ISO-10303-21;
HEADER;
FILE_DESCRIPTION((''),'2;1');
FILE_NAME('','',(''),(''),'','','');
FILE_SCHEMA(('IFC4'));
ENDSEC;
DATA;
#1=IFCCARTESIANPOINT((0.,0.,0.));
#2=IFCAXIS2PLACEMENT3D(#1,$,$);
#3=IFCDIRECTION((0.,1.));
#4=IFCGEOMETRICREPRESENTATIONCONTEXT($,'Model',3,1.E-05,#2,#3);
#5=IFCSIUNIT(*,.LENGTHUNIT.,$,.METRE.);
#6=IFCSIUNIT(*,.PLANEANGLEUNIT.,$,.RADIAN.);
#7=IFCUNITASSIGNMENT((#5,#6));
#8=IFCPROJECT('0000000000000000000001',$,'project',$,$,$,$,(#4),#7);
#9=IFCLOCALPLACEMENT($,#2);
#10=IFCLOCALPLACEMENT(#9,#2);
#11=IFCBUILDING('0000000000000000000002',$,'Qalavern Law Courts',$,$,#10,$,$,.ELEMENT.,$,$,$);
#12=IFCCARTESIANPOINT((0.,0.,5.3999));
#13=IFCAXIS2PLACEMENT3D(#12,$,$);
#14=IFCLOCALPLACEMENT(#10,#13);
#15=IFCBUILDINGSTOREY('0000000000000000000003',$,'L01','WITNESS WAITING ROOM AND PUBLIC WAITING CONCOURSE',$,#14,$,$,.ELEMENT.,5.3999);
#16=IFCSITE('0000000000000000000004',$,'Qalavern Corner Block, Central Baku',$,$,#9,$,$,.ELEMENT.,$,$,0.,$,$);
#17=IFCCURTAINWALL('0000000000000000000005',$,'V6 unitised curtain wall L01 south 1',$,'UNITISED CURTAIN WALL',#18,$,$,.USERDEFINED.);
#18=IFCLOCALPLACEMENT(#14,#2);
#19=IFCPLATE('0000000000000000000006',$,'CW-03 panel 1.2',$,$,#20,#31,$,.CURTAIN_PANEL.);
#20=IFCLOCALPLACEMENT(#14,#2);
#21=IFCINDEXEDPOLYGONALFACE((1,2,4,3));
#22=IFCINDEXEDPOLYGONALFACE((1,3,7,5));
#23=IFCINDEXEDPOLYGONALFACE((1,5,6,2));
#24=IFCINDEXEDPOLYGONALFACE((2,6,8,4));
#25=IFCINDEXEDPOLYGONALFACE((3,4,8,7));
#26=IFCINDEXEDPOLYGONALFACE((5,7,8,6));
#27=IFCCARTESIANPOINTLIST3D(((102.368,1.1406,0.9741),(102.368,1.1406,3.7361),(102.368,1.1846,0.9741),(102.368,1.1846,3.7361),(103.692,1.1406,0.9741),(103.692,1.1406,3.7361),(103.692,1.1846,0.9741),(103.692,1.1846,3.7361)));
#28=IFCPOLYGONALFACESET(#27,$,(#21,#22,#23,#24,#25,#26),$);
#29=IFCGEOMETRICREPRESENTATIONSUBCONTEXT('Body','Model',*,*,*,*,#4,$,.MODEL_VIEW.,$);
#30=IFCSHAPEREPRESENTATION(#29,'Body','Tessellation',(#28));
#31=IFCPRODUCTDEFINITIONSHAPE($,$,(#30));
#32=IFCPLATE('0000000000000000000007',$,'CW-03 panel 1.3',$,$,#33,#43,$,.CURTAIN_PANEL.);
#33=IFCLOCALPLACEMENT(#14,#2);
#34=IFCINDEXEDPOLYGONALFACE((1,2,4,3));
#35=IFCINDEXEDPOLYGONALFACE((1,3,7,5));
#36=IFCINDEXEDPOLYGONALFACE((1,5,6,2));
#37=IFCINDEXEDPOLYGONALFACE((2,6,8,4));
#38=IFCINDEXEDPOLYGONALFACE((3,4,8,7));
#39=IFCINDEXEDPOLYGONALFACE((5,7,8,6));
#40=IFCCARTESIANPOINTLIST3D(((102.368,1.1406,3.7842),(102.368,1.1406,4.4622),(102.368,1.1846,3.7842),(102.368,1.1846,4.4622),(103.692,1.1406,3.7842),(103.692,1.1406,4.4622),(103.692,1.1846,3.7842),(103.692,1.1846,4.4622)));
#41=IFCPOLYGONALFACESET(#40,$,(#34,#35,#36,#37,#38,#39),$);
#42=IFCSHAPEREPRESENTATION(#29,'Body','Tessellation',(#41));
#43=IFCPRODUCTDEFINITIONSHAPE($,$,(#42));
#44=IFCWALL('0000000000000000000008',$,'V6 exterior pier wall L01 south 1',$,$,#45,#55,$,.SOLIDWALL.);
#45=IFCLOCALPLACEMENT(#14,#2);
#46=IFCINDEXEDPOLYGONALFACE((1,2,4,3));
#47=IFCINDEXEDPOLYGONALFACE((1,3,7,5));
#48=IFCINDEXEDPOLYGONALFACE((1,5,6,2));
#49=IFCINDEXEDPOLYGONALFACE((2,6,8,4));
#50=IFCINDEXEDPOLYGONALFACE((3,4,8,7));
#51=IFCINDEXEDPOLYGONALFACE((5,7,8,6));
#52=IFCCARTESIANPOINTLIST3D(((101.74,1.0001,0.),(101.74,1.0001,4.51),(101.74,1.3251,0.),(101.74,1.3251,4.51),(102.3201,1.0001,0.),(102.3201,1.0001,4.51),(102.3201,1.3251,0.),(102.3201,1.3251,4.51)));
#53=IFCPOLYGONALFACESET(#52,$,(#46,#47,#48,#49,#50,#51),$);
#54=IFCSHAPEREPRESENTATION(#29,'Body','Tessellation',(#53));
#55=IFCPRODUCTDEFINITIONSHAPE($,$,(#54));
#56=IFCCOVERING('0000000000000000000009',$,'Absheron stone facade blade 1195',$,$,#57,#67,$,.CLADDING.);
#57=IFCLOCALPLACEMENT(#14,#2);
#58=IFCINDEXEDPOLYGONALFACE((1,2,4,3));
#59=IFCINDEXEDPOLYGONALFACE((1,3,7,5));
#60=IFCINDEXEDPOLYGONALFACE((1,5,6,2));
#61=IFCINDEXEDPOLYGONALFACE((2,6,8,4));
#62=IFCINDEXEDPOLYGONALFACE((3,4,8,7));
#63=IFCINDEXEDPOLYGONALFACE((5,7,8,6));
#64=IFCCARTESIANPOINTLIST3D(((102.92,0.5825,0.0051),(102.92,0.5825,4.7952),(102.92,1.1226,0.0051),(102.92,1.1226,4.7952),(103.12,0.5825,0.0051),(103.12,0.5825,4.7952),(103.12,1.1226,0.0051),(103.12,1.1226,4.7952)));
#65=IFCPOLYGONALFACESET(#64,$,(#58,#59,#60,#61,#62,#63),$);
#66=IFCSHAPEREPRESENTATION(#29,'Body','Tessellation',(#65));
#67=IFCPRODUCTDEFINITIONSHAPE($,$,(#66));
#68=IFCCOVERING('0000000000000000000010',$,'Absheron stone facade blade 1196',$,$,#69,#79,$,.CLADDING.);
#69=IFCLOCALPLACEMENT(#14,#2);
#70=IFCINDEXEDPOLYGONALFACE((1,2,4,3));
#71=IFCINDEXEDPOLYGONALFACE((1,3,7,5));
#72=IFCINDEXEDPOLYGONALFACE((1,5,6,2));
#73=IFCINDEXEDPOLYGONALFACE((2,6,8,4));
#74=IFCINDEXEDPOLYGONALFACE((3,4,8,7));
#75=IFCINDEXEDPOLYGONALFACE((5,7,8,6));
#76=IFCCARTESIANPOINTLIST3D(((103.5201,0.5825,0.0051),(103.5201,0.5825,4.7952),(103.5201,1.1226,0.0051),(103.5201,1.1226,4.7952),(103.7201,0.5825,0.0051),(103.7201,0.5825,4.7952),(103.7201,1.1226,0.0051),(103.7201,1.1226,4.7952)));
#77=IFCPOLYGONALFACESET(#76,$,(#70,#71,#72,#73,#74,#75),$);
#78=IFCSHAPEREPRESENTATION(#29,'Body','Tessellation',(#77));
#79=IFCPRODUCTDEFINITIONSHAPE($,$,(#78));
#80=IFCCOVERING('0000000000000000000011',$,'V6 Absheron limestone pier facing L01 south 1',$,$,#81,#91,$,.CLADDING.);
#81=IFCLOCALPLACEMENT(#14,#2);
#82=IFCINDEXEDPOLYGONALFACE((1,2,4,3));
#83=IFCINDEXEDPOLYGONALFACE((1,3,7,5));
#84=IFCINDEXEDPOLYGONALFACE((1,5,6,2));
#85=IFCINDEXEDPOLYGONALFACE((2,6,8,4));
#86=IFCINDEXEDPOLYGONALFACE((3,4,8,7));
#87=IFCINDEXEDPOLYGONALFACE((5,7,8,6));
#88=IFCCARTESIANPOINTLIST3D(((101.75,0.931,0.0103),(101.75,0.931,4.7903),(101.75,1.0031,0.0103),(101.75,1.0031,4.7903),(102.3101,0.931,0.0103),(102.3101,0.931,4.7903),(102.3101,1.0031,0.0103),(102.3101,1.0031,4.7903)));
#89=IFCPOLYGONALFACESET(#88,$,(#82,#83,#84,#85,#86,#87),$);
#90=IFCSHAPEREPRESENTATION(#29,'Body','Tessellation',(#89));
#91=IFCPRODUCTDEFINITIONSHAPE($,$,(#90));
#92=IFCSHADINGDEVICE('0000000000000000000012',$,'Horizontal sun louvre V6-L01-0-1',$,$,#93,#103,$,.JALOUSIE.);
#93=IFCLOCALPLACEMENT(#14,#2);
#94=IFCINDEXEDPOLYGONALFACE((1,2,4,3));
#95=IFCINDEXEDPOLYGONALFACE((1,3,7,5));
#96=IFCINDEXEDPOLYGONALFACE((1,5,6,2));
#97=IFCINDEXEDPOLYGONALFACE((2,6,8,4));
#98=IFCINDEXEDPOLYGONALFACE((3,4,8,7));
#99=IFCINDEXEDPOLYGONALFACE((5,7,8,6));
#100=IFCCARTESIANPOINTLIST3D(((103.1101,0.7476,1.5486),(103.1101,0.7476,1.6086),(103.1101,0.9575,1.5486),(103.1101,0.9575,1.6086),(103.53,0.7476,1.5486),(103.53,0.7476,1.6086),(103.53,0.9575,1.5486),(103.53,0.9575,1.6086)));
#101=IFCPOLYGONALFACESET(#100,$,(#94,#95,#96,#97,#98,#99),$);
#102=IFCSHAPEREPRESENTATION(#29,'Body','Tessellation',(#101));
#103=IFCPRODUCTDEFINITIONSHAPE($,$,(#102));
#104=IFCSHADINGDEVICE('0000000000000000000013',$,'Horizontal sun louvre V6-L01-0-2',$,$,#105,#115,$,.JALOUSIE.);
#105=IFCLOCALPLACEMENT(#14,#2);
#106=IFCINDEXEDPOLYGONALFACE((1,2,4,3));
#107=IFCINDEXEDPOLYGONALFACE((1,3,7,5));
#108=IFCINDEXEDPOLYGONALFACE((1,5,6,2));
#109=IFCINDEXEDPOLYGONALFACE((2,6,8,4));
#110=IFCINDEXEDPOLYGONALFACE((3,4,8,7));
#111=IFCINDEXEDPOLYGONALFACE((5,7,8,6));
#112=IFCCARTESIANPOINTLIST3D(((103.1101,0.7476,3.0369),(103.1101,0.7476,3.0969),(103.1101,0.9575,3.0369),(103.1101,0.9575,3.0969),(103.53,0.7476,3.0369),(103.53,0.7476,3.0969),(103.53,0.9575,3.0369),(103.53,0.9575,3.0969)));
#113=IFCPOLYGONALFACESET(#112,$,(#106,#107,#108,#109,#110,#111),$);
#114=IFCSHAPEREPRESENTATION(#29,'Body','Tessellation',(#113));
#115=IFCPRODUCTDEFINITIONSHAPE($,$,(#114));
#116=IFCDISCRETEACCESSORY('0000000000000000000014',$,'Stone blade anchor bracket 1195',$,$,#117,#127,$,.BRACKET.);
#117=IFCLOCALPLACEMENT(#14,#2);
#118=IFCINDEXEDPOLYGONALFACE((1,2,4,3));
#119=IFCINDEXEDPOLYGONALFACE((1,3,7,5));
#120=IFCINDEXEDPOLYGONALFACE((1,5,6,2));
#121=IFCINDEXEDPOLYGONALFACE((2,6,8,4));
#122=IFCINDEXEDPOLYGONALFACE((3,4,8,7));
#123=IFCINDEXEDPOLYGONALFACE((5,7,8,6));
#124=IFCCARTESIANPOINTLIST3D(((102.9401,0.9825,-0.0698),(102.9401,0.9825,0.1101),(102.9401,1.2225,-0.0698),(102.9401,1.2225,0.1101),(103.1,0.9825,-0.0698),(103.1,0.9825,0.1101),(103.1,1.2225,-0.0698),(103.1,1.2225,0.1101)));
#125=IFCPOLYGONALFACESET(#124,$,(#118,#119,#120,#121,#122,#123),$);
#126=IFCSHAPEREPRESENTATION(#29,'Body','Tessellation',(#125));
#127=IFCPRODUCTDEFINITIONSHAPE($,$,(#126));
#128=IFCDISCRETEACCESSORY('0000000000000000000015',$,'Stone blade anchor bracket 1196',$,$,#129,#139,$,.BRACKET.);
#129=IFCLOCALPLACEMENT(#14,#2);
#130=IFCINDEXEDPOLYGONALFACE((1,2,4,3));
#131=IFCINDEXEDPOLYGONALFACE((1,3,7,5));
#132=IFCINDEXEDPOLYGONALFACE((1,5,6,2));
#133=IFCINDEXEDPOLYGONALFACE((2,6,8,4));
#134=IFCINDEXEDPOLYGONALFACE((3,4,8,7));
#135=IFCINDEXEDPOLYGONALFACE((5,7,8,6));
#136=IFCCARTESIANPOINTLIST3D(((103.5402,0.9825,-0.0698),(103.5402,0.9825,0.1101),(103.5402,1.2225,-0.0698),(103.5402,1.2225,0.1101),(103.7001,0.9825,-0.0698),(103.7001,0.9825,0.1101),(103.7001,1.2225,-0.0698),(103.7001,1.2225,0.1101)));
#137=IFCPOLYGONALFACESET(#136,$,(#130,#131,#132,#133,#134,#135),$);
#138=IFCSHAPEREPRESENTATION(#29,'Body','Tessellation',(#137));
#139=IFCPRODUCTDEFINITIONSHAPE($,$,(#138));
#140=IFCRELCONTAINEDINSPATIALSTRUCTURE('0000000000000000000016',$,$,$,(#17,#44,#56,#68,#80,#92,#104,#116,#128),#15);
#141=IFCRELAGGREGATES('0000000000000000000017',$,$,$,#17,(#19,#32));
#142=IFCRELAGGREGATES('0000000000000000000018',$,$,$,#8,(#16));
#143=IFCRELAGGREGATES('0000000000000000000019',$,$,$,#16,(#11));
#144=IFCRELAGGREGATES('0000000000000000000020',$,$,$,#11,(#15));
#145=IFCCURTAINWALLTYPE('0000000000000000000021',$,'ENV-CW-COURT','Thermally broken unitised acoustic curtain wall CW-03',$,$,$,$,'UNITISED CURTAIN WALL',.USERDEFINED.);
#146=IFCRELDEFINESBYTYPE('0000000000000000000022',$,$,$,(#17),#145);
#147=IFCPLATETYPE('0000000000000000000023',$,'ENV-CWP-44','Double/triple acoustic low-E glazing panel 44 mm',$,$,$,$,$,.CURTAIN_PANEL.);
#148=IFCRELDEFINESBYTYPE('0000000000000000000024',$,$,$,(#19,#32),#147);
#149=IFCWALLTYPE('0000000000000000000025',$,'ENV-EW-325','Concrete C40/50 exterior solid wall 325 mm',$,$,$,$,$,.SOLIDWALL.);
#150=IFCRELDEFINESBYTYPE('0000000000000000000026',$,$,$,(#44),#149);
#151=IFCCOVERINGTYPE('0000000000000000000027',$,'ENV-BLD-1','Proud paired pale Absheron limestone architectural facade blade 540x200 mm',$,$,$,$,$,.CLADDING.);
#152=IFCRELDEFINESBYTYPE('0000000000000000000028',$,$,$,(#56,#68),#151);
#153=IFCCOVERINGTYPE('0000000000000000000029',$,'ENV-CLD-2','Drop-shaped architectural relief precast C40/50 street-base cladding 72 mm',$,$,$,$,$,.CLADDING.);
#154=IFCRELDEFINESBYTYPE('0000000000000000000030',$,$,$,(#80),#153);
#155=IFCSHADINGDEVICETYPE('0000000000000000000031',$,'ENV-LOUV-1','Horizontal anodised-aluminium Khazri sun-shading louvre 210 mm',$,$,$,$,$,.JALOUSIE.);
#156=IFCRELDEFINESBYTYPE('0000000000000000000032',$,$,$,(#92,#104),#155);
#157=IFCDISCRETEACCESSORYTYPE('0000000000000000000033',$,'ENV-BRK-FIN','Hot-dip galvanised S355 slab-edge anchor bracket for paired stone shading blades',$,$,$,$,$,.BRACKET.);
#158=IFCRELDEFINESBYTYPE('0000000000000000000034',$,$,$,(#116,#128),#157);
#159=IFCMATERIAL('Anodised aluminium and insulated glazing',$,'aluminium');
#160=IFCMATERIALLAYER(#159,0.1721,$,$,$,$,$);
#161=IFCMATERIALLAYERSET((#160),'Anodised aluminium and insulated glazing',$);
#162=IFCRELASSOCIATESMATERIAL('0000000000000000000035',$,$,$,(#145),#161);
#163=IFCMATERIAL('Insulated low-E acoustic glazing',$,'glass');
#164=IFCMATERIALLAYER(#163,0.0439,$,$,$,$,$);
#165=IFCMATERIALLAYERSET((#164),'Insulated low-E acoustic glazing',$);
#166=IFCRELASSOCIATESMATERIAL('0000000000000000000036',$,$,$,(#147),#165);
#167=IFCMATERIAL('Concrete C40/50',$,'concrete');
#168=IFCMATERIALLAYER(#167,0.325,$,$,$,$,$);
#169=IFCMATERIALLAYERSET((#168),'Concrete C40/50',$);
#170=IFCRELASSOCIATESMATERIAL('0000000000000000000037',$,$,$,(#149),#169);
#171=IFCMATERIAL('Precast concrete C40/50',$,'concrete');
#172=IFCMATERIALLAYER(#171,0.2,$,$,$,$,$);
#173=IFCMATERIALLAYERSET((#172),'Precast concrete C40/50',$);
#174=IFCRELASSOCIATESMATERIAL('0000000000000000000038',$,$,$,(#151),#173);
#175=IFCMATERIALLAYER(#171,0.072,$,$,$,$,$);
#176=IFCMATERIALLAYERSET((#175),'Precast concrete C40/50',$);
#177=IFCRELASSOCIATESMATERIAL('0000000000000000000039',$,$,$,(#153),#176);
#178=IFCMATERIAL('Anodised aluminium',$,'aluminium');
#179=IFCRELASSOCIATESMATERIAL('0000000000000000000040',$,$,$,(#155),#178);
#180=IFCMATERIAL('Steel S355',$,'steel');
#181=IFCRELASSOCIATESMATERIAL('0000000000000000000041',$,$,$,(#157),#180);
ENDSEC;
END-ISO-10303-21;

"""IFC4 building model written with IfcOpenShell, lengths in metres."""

from ifc_helpers import new_model, si_unit, direction, frame, frame_2d, origin, origin_2d, place, context, subcontext, project, spatial, rectangle, extrude, material, layer, layer_set, type_object, element, aggregate, save


model = new_model("IFC4")

# Units and contexts
model_context = context("Model", 3, precision=1e-05, world=origin(), true_north=direction((0.0, 1.0)))
body_context = subcontext(model_context, "Body", "Model", "MODEL_VIEW")
ifc_project = project(units=[si_unit("LENGTHUNIT", "METRE"), si_unit("PLANEANGLEUNIT", "RADIAN")], contexts=[model_context])

# Site, building, storey
site_placement = place(None, origin())
site = spatial("IfcSite", under=ifc_project, at=site_placement, Name="Qalavern Corner Block, Central Baku", CompositionType="ELEMENT", RefElevation=0.0)
building_placement = place(site_placement, origin())
building = spatial("IfcBuilding", under=site, at=building_placement, Name="Qalavern Law Courts", CompositionType="ELEMENT")
storey_placement = place(building_placement, frame((0.0, 0.0, 5.3999)))
storey = spatial("IfcBuildingStorey", under=building, at=storey_placement, Name="L01", Description="WITNESS WAITING ROOM AND PUBLIC WAITING CONCOURSE", CompositionType="ELEMENT", Elevation=5.3999)

# Curtain wall, plates
ifc_material_1 = material(Name="Anodised aluminium and insulated glazing", Category="aluminium")
ifc_layer_1 = layer(ifc_material_1, 0.1721)
ifc_layer_set_1 = layer_set([ifc_layer_1], Name="Anodised aluminium and insulated glazing")
curtain_wall_type = type_object("IfcCurtainWallType", Name="ENV-CW-COURT", Description="Thermally broken unitised acoustic curtain wall CW-03", ElementType="UNITISED CURTAIN WALL", PredefinedType="USERDEFINED", material=ifc_layer_set_1)
curtain_wall_placement = place(storey_placement, origin())
curtain_wall = element("IfcCurtainWall", 1, at=curtain_wall_placement, inside=storey, type_object=curtain_wall_type, Name="V6 unitised curtain wall L01 south 1", ObjectType="UNITISED CURTAIN WALL", PredefinedType="USERDEFINED")
ifc_material_2 = material(Name="Anodised aluminium", Category="aluminium")
ifc_material_3 = material(Name="Insulated low-E acoustic glazing", Category="glass")
ifc_layer_2 = layer(ifc_material_3, 0.0439)
ifc_layer_set_2 = layer_set([ifc_layer_2], Name="Insulated low-E acoustic glazing")
plate_type = type_object("IfcPlateType", Name="ENV-CWP-44", Description="Double/triple acoustic low-E glazing panel 44 mm", PredefinedType="CURTAIN_PANEL", material=ifc_layer_set_2)
plate_1_placement = place(storey_placement, frame((103.03, 1.1626, 0.9741), z_axis=(0.0, 0.0, 1.0), x_axis=(1.0, 0.0, 0.0)))
plate_1 = element("IfcPlate", 2, at=plate_1_placement, type_object=plate_type, Name="CW-03 panel 1.2", PredefinedType="CURTAIN_PANEL", context=body_context, shape_type="SweptSolid", body=[
    extrude(rectangle(XDim=1.324, YDim=0.0439, at=origin_2d()), origin(), (0.0, 0.0, 1.0), 2.762),
])
plate_2_placement = place(storey_placement, frame((103.03, 1.1626, 3.7842), z_axis=(0.0, 0.0, 1.0), x_axis=(1.0, 0.0, 0.0)))
plate_2 = element("IfcPlate", 3, at=plate_2_placement, type_object=plate_type, Name="CW-03 panel 1.3", PredefinedType="CURTAIN_PANEL", context=body_context, shape_type="SweptSolid", body=[
    extrude(rectangle(XDim=1.324, YDim=0.0439, at=origin_2d()), origin(), (0.0, 0.0, 1.0), 0.678),
])
aggregate(curtain_wall, [plate_1, plate_2])

# Wall
ifc_material_4 = material(Name="Concrete C40/50", Category="concrete")
ifc_layer_3 = layer(ifc_material_4, 0.325)
ifc_layer_set_3 = layer_set([ifc_layer_3], Name="Concrete C40/50")
wall_type = type_object("IfcWallType", Name="ENV-EW-325", Description="Concrete C40/50 exterior solid wall 325 mm", PredefinedType="SOLIDWALL", material=ifc_layer_set_3)
wall_placement = place(storey_placement, frame((101.74, 1.1626, 0.0), z_axis=(0.0, 0.0, 1.0), x_axis=(1.0, 0.0, 0.0)))
element("IfcWall", 4, at=wall_placement, inside=storey, type_object=wall_type, Name="V6 exterior pier wall L01 south 1", PredefinedType="SOLIDWALL", context=body_context, shape_type="SweptSolid", body=[
    extrude(rectangle(XDim=0.5801, YDim=0.325, at=frame_2d((0.29, 0.0))), origin(), (0.0, 0.0, 1.0), 4.51),
])

# Coverings
ifc_material_5 = material(Name="Precast concrete C40/50", Category="concrete")
ifc_layer_4 = layer(ifc_material_5, 0.2)
ifc_layer_set_4 = layer_set([ifc_layer_4], Name="Precast concrete C40/50")
covering_type_1 = type_object("IfcCoveringType", Name="ENV-BLD-1", Description="Proud paired pale Absheron limestone architectural facade blade 540x200 mm", PredefinedType="CLADDING", material=ifc_layer_set_4)
for number, where, z_axis, x_axis, name in (
    (5, (103.02, 0.8525, 0.0051), (0.0, 0.0, 1.0), (0.0, -1.0, 0.0), "Absheron stone facade blade 1195"),
    (6, (103.6201, 0.8525, 0.0051), (0.0, 0.0, 1.0), (0.0, -1.0, 0.0), "Absheron stone facade blade 1196"),
):
    element("IfcCovering", number, at=place(storey_placement, frame(where, z_axis=z_axis, x_axis=x_axis)), inside=storey, type_object=covering_type_1, Name=name, PredefinedType="CLADDING", context=body_context, shape_type="SweptSolid", body=[
        extrude(rectangle(XDim=0.54, YDim=0.2, at=origin_2d()), origin(), (0.0, 0.0, 1.0), 4.79),
    ])
ifc_layer_5 = layer(ifc_material_5, 0.072)
ifc_layer_set_5 = layer_set([ifc_layer_5], Name="Precast concrete C40/50")
covering_type_2 = type_object("IfcCoveringType", Name="ENV-CLD-2", Description="Drop-shaped architectural relief precast C40/50 street-base cladding 72 mm", PredefinedType="CLADDING", material=ifc_layer_set_5)
covering_placement = place(storey_placement, frame((102.03, 0.967, 0.0103), z_axis=(0.0, 0.0, 1.0), x_axis=(1.0, 0.0, 0.0)))
element("IfcCovering", 7, at=covering_placement, inside=storey, type_object=covering_type_2, Name="V6 Absheron limestone pier facing L01 south 1", PredefinedType="CLADDING", context=body_context, shape_type="SweptSolid", body=[
    extrude(rectangle(XDim=0.5601, YDim=0.072, at=origin_2d()), origin(), (0.0, 0.0, 1.0), 4.78),
])

# Shading devices
shading_device_type = type_object("IfcShadingDeviceType", Name="ENV-LOUV-1", Description="Horizontal anodised-aluminium Khazri sun-shading louvre 210 mm", PredefinedType="JALOUSIE", material=ifc_material_2)
for number, where, z_axis, x_axis, name in (
    (8, (103.3201, 0.8525, 1.5486), (0.0, 0.0, 1.0), (1.0, 0.0, 0.0), "Horizontal sun louvre V6-L01-0-1"),
    (9, (103.3201, 0.8525, 3.0369), (0.0, 0.0, 1.0), (1.0, 0.0, 0.0), "Horizontal sun louvre V6-L01-0-2"),
):
    element("IfcShadingDevice", number, at=place(storey_placement, frame(where, z_axis=z_axis, x_axis=x_axis)), inside=storey, type_object=shading_device_type, Name=name, PredefinedType="JALOUSIE", context=body_context, shape_type="SweptSolid", body=[
        extrude(rectangle(XDim=0.4199, YDim=0.21, at=origin_2d()), origin(), (0.0, 0.0, 1.0), 0.0601),
    ])

# Discrete accessories
ifc_material_6 = material(Name="Steel S355", Category="steel")
discrete_accessory_type = type_object("IfcDiscreteAccessoryType", Name="ENV-BRK-FIN", Description="Hot-dip galvanised S355 slab-edge anchor bracket for paired stone shading blades", PredefinedType="BRACKET", material=ifc_material_6)
for number, where, z_axis, x_axis, name in (
    (10, (103.02, 1.1025, -0.0698), (0.0, 0.0, 1.0), (0.0, -1.0, 0.0), "Stone blade anchor bracket 1195"),
    (11, (103.6201, 1.1025, -0.0698), (0.0, 0.0, 1.0), (0.0, -1.0, 0.0), "Stone blade anchor bracket 1196"),
):
    element("IfcDiscreteAccessory", number, at=place(storey_placement, frame(where, z_axis=z_axis, x_axis=x_axis)), inside=storey, type_object=discrete_accessory_type, Name=name, PredefinedType="BRACKET", context=body_context, shape_type="SweptSolid", body=[
        extrude(rectangle(XDim=0.24, YDim=0.1599, at=origin_2d()), origin(), (0.0, 0.0, 1.0), 0.1799),
    ])

save(model, "model.ifc")
